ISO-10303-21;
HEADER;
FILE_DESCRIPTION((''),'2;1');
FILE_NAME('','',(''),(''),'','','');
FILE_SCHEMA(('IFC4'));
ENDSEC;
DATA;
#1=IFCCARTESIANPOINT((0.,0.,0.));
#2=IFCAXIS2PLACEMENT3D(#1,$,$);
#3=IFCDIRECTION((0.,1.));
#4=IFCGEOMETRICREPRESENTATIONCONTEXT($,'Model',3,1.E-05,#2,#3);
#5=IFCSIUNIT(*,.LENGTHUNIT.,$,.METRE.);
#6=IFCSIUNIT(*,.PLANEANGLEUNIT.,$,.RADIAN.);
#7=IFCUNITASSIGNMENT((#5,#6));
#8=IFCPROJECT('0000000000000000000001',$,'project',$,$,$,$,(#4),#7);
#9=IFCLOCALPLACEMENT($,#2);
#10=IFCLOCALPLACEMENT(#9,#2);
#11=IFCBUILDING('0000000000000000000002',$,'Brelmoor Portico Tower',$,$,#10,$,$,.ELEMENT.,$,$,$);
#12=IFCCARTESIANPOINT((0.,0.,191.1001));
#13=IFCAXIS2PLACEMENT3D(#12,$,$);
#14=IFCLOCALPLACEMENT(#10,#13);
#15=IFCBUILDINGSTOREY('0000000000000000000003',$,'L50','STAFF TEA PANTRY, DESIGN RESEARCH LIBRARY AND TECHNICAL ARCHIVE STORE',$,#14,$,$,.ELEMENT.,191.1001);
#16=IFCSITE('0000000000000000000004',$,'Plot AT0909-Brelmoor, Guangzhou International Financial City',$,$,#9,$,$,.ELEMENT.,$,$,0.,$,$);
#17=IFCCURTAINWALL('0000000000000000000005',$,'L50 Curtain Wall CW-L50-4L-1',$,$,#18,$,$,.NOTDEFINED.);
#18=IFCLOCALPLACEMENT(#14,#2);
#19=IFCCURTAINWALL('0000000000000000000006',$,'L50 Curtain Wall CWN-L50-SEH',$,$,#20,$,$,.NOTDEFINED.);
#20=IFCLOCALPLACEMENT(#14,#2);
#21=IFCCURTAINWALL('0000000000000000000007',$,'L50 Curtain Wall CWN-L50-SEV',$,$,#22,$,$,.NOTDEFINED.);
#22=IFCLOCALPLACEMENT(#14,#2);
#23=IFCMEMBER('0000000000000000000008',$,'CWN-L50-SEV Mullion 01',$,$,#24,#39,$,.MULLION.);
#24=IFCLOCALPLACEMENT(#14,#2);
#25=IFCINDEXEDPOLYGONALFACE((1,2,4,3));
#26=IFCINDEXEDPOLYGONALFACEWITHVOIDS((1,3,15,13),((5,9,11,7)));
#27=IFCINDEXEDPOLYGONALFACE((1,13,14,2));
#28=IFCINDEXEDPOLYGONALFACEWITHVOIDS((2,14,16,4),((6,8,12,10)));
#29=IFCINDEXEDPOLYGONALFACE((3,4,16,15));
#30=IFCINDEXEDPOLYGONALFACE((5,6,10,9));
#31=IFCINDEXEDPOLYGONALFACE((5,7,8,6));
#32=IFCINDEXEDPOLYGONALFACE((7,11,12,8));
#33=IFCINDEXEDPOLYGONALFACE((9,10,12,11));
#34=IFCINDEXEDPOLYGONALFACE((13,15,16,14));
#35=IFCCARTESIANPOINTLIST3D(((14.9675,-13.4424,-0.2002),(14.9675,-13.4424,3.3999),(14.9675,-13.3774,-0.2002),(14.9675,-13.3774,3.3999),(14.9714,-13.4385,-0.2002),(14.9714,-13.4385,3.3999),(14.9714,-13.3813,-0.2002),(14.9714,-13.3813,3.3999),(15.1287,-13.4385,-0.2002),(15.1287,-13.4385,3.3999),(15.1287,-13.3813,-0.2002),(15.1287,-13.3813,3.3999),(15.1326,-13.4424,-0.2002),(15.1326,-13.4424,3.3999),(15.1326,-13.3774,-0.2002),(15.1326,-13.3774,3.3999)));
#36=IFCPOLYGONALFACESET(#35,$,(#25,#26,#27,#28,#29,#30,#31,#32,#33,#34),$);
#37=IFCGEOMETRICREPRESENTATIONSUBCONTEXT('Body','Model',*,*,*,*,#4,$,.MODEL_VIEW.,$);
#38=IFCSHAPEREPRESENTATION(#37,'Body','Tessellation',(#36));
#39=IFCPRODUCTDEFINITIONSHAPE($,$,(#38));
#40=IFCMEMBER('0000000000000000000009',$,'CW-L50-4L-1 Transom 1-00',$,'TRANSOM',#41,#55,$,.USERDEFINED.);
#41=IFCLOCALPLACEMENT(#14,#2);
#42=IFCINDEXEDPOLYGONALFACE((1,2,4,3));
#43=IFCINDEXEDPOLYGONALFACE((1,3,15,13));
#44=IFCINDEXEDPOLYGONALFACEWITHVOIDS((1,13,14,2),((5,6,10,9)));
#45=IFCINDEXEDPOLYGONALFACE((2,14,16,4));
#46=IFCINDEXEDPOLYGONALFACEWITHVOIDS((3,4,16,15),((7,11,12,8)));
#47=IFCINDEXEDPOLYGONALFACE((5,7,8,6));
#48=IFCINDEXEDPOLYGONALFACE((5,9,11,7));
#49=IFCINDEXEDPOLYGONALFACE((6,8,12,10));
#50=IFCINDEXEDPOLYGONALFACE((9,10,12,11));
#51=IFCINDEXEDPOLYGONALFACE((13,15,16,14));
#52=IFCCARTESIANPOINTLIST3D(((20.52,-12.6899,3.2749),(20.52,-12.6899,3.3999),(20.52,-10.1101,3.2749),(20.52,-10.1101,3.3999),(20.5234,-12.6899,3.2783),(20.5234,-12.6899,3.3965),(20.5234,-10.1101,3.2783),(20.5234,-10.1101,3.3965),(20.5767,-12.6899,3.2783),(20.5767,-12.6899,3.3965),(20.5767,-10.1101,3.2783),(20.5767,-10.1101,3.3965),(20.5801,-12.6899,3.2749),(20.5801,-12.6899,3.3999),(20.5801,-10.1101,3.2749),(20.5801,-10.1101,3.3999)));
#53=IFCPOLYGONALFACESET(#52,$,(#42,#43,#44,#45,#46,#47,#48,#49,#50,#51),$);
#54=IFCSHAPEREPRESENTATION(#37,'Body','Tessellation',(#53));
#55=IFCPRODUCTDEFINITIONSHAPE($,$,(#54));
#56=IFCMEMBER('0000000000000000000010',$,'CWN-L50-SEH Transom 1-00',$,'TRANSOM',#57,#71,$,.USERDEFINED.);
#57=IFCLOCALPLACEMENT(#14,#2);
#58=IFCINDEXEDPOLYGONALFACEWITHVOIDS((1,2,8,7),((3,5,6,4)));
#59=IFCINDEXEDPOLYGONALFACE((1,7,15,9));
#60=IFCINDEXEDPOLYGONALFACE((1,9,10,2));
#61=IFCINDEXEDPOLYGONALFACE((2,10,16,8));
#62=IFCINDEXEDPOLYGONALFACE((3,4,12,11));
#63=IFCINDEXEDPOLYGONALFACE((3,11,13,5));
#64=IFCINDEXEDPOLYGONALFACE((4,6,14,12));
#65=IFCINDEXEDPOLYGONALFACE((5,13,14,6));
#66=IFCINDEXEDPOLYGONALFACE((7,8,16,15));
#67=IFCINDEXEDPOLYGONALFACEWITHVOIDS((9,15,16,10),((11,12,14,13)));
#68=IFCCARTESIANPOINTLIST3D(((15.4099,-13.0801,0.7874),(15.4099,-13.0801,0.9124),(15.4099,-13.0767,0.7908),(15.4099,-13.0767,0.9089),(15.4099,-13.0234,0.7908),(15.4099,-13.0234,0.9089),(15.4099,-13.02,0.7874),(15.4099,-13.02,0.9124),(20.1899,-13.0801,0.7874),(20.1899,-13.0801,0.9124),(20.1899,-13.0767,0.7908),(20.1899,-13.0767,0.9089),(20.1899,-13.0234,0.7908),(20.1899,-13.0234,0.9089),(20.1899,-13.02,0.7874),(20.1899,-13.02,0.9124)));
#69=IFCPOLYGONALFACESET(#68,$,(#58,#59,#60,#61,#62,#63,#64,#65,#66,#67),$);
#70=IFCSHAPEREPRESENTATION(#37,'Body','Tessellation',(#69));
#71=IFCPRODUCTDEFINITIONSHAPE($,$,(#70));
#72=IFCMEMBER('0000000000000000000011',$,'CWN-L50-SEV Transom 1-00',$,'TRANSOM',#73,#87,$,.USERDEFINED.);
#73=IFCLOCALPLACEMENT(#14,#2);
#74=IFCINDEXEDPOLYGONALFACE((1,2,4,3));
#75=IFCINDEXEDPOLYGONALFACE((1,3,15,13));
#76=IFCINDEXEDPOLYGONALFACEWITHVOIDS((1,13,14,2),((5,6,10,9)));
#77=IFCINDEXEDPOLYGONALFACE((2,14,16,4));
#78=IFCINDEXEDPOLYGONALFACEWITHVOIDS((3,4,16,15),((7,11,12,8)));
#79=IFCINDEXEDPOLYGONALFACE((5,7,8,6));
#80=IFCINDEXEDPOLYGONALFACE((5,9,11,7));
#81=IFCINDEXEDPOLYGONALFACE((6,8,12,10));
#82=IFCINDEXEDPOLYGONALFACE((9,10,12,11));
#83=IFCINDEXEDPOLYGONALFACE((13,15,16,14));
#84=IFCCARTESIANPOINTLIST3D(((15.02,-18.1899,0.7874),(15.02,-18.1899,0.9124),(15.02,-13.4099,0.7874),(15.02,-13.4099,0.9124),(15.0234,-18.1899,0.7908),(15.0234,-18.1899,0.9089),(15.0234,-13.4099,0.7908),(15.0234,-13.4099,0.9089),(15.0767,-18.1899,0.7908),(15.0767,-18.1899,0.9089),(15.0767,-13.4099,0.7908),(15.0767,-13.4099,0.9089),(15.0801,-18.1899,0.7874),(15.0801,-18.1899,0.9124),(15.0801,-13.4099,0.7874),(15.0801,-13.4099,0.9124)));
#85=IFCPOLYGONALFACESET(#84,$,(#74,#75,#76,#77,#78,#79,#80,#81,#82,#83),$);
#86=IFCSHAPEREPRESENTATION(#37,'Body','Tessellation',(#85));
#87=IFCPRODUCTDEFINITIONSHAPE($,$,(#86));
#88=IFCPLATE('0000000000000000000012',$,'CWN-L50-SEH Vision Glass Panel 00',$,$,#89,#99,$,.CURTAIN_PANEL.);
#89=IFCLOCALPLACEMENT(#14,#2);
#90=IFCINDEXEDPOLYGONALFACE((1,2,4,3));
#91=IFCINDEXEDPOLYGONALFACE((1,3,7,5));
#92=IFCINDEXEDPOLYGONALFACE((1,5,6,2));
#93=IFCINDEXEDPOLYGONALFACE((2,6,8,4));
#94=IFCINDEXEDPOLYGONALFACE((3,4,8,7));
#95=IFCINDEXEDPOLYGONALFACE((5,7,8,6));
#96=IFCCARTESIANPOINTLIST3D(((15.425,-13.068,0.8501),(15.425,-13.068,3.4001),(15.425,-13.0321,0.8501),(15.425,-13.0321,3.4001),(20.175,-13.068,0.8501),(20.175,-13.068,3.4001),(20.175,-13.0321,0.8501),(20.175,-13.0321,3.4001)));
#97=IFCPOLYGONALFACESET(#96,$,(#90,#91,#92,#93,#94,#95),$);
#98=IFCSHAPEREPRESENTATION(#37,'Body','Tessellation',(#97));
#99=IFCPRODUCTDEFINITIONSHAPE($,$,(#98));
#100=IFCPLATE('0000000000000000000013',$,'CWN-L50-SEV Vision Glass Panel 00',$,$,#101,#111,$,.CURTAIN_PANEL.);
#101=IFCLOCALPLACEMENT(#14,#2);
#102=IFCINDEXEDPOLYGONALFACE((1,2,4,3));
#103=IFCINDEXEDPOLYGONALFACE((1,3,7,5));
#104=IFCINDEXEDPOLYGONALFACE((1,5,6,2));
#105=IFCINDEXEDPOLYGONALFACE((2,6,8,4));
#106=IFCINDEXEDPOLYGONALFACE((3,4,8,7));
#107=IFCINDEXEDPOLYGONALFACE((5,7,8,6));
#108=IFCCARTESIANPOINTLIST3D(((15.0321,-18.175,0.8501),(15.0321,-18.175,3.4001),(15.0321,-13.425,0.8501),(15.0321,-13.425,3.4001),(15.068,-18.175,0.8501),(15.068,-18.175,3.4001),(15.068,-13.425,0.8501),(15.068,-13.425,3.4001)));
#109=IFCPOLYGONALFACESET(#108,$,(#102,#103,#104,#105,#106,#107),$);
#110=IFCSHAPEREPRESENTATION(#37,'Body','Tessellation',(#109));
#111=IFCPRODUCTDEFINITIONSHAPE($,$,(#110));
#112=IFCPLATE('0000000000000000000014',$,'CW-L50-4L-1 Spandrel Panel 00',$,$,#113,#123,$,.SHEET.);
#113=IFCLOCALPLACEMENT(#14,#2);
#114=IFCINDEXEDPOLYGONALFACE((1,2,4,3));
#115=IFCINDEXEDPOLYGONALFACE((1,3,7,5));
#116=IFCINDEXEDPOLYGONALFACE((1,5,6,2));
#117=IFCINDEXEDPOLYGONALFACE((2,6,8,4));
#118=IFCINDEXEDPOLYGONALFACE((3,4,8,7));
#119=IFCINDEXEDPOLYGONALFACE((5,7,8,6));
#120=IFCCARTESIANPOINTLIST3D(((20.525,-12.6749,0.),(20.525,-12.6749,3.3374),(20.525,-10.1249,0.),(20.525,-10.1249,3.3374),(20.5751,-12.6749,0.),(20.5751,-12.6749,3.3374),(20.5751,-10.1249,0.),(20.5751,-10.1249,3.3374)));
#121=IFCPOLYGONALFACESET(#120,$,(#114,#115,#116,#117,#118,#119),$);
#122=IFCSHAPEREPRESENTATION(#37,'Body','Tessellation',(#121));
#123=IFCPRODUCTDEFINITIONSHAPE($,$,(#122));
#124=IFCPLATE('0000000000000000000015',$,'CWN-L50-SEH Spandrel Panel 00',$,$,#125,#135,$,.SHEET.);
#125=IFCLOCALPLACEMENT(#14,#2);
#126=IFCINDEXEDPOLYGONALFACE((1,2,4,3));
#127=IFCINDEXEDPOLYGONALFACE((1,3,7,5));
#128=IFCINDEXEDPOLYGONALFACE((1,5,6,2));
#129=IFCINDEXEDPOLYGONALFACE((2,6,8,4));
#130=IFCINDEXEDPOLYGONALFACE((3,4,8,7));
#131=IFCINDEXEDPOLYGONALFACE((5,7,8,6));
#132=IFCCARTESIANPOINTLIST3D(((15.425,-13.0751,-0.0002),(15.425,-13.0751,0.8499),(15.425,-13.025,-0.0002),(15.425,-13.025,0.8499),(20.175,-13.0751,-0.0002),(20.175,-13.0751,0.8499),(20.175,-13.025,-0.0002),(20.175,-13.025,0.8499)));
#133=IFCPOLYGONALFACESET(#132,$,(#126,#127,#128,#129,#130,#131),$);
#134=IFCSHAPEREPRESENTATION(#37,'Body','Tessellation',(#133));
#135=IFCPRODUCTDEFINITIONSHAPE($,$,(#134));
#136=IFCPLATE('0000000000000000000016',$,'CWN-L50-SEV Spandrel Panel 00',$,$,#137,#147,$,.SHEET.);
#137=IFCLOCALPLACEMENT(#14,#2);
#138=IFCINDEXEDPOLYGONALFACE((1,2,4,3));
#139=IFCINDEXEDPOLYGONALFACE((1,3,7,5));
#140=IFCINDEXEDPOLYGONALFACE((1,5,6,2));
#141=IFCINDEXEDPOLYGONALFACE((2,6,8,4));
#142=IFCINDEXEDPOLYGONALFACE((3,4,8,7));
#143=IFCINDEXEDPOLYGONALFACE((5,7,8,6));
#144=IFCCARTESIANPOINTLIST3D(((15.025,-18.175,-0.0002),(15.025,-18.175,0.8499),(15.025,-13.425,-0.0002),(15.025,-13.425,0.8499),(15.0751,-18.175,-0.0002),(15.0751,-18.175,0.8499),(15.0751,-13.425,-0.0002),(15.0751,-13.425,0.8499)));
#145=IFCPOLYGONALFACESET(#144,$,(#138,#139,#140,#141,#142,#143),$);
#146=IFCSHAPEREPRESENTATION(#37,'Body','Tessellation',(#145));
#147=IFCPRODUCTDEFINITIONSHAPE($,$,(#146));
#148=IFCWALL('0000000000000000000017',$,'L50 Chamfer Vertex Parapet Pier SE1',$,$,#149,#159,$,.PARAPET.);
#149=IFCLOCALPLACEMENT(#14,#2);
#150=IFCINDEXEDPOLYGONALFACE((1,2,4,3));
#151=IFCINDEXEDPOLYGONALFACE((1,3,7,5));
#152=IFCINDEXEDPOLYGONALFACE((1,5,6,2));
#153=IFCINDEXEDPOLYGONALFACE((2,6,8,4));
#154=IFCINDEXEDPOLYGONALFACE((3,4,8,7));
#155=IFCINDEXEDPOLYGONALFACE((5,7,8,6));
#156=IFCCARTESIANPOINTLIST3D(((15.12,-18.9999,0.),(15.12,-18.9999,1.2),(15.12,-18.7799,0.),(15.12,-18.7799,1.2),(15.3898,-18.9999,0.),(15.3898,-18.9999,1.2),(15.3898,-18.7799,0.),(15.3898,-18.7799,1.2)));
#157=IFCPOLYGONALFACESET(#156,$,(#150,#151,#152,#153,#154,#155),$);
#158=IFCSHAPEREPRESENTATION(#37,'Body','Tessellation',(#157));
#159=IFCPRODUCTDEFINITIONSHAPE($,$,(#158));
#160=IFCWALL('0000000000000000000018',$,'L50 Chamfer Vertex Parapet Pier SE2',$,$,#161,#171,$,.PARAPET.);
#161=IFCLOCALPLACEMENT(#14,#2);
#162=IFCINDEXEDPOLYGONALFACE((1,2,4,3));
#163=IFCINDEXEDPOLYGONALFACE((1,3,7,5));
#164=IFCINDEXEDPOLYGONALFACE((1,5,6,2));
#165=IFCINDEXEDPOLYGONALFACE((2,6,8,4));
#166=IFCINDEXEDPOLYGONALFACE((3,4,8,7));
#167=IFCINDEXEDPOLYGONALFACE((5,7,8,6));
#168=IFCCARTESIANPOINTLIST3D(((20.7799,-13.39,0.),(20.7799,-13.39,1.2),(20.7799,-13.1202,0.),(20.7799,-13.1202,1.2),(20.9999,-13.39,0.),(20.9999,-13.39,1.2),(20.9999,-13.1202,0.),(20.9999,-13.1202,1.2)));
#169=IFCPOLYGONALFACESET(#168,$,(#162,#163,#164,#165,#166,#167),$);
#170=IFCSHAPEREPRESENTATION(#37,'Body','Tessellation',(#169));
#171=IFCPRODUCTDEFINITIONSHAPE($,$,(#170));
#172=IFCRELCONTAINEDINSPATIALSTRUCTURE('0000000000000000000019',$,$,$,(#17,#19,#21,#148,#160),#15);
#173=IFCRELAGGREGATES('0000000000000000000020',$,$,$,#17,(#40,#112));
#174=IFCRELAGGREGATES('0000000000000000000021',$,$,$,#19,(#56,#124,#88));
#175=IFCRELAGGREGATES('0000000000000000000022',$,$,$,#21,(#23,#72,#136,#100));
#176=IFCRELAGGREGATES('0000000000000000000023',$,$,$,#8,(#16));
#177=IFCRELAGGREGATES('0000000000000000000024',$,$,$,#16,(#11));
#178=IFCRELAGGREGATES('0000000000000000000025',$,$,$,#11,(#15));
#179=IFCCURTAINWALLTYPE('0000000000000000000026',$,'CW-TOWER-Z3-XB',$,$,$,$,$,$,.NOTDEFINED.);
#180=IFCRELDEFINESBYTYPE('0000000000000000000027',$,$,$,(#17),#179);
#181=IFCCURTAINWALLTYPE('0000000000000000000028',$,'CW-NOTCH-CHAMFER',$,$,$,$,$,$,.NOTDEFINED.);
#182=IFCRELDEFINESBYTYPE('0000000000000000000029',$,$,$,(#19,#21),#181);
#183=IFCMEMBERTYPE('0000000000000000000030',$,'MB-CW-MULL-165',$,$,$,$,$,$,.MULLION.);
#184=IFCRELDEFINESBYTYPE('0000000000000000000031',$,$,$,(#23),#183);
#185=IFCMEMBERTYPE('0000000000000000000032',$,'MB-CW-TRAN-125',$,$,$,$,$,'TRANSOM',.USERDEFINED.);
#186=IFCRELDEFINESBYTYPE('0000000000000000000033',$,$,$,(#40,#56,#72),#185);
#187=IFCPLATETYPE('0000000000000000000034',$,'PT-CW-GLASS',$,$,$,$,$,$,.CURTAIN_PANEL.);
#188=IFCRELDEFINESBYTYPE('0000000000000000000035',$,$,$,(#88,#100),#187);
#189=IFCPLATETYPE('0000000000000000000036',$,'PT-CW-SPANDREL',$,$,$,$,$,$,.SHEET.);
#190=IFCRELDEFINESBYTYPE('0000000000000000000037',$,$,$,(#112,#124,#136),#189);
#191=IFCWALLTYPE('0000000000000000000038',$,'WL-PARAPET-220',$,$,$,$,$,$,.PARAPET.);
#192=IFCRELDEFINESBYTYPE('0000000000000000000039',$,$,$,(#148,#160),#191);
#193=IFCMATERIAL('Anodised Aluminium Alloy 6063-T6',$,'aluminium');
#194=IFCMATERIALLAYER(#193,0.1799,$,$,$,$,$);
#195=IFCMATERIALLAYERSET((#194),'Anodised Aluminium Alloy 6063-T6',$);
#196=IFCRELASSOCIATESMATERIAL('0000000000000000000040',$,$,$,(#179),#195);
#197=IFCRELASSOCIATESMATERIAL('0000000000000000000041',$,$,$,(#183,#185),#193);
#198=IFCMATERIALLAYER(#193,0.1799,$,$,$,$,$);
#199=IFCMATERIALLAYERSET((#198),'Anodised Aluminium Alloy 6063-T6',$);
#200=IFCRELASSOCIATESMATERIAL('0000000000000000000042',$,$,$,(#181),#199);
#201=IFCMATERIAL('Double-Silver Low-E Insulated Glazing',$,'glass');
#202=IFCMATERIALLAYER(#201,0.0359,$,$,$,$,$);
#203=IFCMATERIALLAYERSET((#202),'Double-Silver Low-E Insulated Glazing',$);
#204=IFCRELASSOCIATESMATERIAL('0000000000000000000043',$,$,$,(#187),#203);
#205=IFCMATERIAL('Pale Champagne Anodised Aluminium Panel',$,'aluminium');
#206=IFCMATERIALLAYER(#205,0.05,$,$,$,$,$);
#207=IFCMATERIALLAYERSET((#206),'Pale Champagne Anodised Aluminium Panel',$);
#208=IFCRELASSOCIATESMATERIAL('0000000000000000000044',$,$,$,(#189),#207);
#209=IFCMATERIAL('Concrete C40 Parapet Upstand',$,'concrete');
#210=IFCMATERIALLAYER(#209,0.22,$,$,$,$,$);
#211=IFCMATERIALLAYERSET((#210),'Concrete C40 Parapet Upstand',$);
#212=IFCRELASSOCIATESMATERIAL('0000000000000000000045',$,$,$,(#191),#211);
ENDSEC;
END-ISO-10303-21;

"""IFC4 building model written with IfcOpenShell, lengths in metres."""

from ifc_helpers import new_model, si_unit, direction, frame, frame_2d, origin, origin_2d, place, context, subcontext, project, spatial, rectangle, hollow_rectangle, extrude, material, layer, layer_set, material_profile, profile_set, type_object, element, aggregate, save


model = new_model("IFC4")

# Units and contexts
model_context = context("Model", 3, precision=1e-05, world=origin(), true_north=direction((0.0, 1.0)))
body_context = subcontext(model_context, "Body", "Model", "MODEL_VIEW")
ifc_project = project(units=[si_unit("LENGTHUNIT", "METRE"), si_unit("PLANEANGLEUNIT", "RADIAN")], contexts=[model_context])

# Site, building, storey
site_placement = place(None, origin())
site = spatial("IfcSite", under=ifc_project, at=site_placement, Name="Plot AT0909-Brelmoor, Guangzhou International Financial City", CompositionType="ELEMENT", RefElevation=0.0)
building_placement = place(site_placement, origin())
building = spatial("IfcBuilding", under=site, at=building_placement, Name="Brelmoor Portico Tower", CompositionType="ELEMENT")
storey_placement = place(building_placement, frame((0.0, 0.0, 191.1001)))
storey = spatial("IfcBuildingStorey", under=building, at=storey_placement, Name="L50", Description="STAFF TEA PANTRY, DESIGN RESEARCH LIBRARY AND TECHNICAL ARCHIVE STORE", CompositionType="ELEMENT", Elevation=191.1001)

# Curtain wall
ifc_material_1 = material(Name="Anodised Aluminium Alloy 6063-T6", Category="aluminium")
ifc_layer_1 = layer(ifc_material_1, 0.1799)
ifc_layer_set_1 = layer_set([ifc_layer_1], Name="Anodised Aluminium Alloy 6063-T6")
curtain_wall_type_1 = type_object("IfcCurtainWallType", Name="CW-TOWER-Z3-XB", PredefinedType="NOTDEFINED", material=ifc_layer_set_1)
curtain_wall_1_placement = place(storey_placement, origin())
curtain_wall_1 = element("IfcCurtainWall", 1, at=curtain_wall_1_placement, inside=storey, type_object=curtain_wall_type_1, Name="L50 Curtain Wall CW-L50-4L-1", PredefinedType="NOTDEFINED")
ifc_material_profile_1 = material_profile(ifc_material_1, hollow_rectangle(XDim=0.0649, YDim=0.165, WallThickness=0.0039, at=origin_2d()), Name="ALU MULLION 65x165")
ifc_profile_set_1 = profile_set([ifc_material_profile_1], Name="Anodised Aluminium Alloy 6063-T6")
member_type_1 = type_object("IfcMemberType", Name="MB-CW-MULL-165", PredefinedType="MULLION", material=ifc_profile_set_1)

# Curtain walls, member
ifc_layer_2 = layer(ifc_material_1, 0.1799)
ifc_layer_set_2 = layer_set([ifc_layer_2], Name="Anodised Aluminium Alloy 6063-T6")
curtain_wall_type_2 = type_object("IfcCurtainWallType", Name="CW-NOTCH-CHAMFER", PredefinedType="NOTDEFINED", material=ifc_layer_set_2)
curtain_wall_2_placement = place(storey_placement, origin())
curtain_wall_2 = element("IfcCurtainWall", 2, at=curtain_wall_2_placement, inside=storey, type_object=curtain_wall_type_2, Name="L50 Curtain Wall CWN-L50-SEH", PredefinedType="NOTDEFINED")
curtain_wall_3_placement = place(storey_placement, origin())
curtain_wall_3 = element("IfcCurtainWall", 3, at=curtain_wall_3_placement, inside=storey, type_object=curtain_wall_type_2, Name="L50 Curtain Wall CWN-L50-SEV", PredefinedType="NOTDEFINED")
member_1_placement = place(storey_placement, frame((15.05, -13.4099, -0.2002), z_axis=(0.0, 0.0, 1.0), x_axis=(0.0, 1.0, 0.0)))
member_1 = element("IfcMember", 4, at=member_1_placement, type_object=member_type_1, Name="CWN-L50-SEV Mullion 01", PredefinedType="MULLION", context=body_context, shape_type="SweptSolid", body=[
    extrude(hollow_rectangle(XDim=0.0649, YDim=0.165, WallThickness=0.0039, at=origin_2d()), origin(), (0.0, 0.0, 1.0), 3.6001),
])

# Members
ifc_material_profile_2 = material_profile(ifc_material_1, hollow_rectangle(XDim=0.0601, YDim=0.125, WallThickness=0.0034, at=origin_2d()), Name="ALU TRANSOM 60x125")
ifc_profile_set_2 = profile_set([ifc_material_profile_2], Name="Anodised Aluminium Alloy 6063-T6")
member_type_2 = type_object("IfcMemberType", Name="MB-CW-TRAN-125", ElementType="TRANSOM", PredefinedType="USERDEFINED", material=ifc_profile_set_2)
member_2_placement = place(storey_placement, frame((20.55, -12.6899, 3.3374), z_axis=(0.0, 1.0, 0.0), x_axis=(-1.0, 0.0, 0.0)))
member_2 = element("IfcMember", 5, at=member_2_placement, type_object=member_type_2, Name="CW-L50-4L-1 Transom 1-00", ObjectType="TRANSOM", PredefinedType="USERDEFINED", context=body_context, shape_type="SweptSolid", body=[
    extrude(hollow_rectangle(XDim=0.0601, YDim=0.125, WallThickness=0.0034, at=origin_2d()), origin(), (0.0, 0.0, 1.0), 2.5798),
])
member_3_placement = place(storey_placement, frame((15.4099, -13.05, 0.8499), z_axis=(1.0, 0.0, 0.0), x_axis=(0.0, 1.0, 0.0)))
member_3 = element("IfcMember", 6, at=member_3_placement, type_object=member_type_2, Name="CWN-L50-SEH Transom 1-00", ObjectType="TRANSOM", PredefinedType="USERDEFINED", context=body_context, shape_type="SweptSolid", body=[
    extrude(hollow_rectangle(XDim=0.0601, YDim=0.125, WallThickness=0.0034, at=origin_2d()), origin(), (0.0, 0.0, 1.0), 4.78),
])
member_4_placement = place(storey_placement, frame((15.05, -18.1899, 0.8499), z_axis=(0.0, 1.0, 0.0), x_axis=(-1.0, 0.0, 0.0)))
member_4 = element("IfcMember", 7, at=member_4_placement, type_object=member_type_2, Name="CWN-L50-SEV Transom 1-00", ObjectType="TRANSOM", PredefinedType="USERDEFINED", context=body_context, shape_type="SweptSolid", body=[
    extrude(hollow_rectangle(XDim=0.0601, YDim=0.125, WallThickness=0.0034, at=origin_2d()), origin(), (0.0, 0.0, 1.0), 4.78),
])

# Plates
ifc_material_2 = material(Name="Double-Silver Low-E Insulated Glazing", Category="glass")
ifc_layer_3 = layer(ifc_material_2, 0.0359)
ifc_layer_set_3 = layer_set([ifc_layer_3], Name="Double-Silver Low-E Insulated Glazing")
plate_type_1 = type_object("IfcPlateType", Name="PT-CW-GLASS", PredefinedType="CURTAIN_PANEL", material=ifc_layer_set_3)
plate_1_placement = place(storey_placement, frame((17.8, -13.05, 0.8501), z_axis=(0.0, 0.0, 1.0), x_axis=(1.0, 0.0, 0.0)))
plate_1 = element("IfcPlate", 8, at=plate_1_placement, type_object=plate_type_1, Name="CWN-L50-SEH Vision Glass Panel 00", PredefinedType="CURTAIN_PANEL", context=body_context, shape_type="SweptSolid", body=[
    extrude(rectangle(XDim=4.75, YDim=0.0359, at=origin_2d()), origin(), (0.0, 0.0, 1.0), 2.55),
])
plate_2_placement = place(storey_placement, frame((15.05, -15.8, 0.8501), z_axis=(0.0, 0.0, 1.0), x_axis=(0.0, 1.0, 0.0)))
plate_2 = element("IfcPlate", 9, at=plate_2_placement, type_object=plate_type_1, Name="CWN-L50-SEV Vision Glass Panel 00", PredefinedType="CURTAIN_PANEL", context=body_context, shape_type="SweptSolid", body=[
    extrude(rectangle(XDim=4.75, YDim=0.0359, at=origin_2d()), origin(), (0.0, 0.0, 1.0), 2.55),
])
ifc_material_3 = material(Name="Pale Champagne Anodised Aluminium Panel", Category="aluminium")
ifc_layer_4 = layer(ifc_material_3, 0.05)
ifc_layer_set_4 = layer_set([ifc_layer_4], Name="Pale Champagne Anodised Aluminium Panel")
plate_type_2 = type_object("IfcPlateType", Name="PT-CW-SPANDREL", PredefinedType="SHEET", material=ifc_layer_set_4)
plate_3_placement = place(storey_placement, frame((20.55, -11.3999, 0.0), z_axis=(0.0, 0.0, 1.0), x_axis=(0.0, 1.0, 0.0)))
plate_3 = element("IfcPlate", 10, at=plate_3_placement, type_object=plate_type_2, Name="CW-L50-4L-1 Spandrel Panel 00", PredefinedType="SHEET", context=body_context, shape_type="SweptSolid", body=[
    extrude(rectangle(XDim=2.55, YDim=0.05, at=origin_2d()), origin(), (0.0, 0.0, 1.0), 3.3374),
])
aggregate(curtain_wall_1, [member_2, plate_3])
plate_4_placement = place(storey_placement, frame((17.8, -13.05, -0.0002), z_axis=(0.0, 0.0, 1.0), x_axis=(1.0, 0.0, 0.0)))
plate_4 = element("IfcPlate", 11, at=plate_4_placement, type_object=plate_type_2, Name="CWN-L50-SEH Spandrel Panel 00", PredefinedType="SHEET", context=body_context, shape_type="SweptSolid", body=[
    extrude(rectangle(XDim=4.75, YDim=0.05, at=origin_2d()), origin(), (0.0, 0.0, 1.0), 0.8501),
])
aggregate(curtain_wall_2, [member_3, plate_4, plate_1])
plate_5_placement = place(storey_placement, frame((15.05, -15.8, -0.0002), z_axis=(0.0, 0.0, 1.0), x_axis=(0.0, 1.0, 0.0)))
plate_5 = element("IfcPlate", 12, at=plate_5_placement, type_object=plate_type_2, Name="CWN-L50-SEV Spandrel Panel 00", PredefinedType="SHEET", context=body_context, shape_type="SweptSolid", body=[
    extrude(rectangle(XDim=4.75, YDim=0.05, at=origin_2d()), origin(), (0.0, 0.0, 1.0), 0.8501),
])
aggregate(curtain_wall_3, [member_1, member_4, plate_5, plate_2])

# Walls
ifc_material_4 = material(Name="Concrete C40 Parapet Upstand", Category="concrete")
ifc_layer_5 = layer(ifc_material_4, 0.22)
ifc_layer_set_5 = layer_set([ifc_layer_5], Name="Concrete C40 Parapet Upstand")
wall_type = type_object("IfcWallType", Name="WL-PARAPET-220", PredefinedType="PARAPET", material=ifc_layer_set_5)
for number, where, z_axis, x_axis, name in (
    (13, (15.1201, -18.8899, 0.0), (0.0, 0.0, 1.0), (1.0, 0.0, 0.0), "L50 Chamfer Vertex Parapet Pier SE1"),
    (14, (20.8899, -13.3899, 0.0), (0.0, 0.0, 1.0), (0.0, 1.0, 0.0), "L50 Chamfer Vertex Parapet Pier SE2"),
):
    element("IfcWall", number, at=place(storey_placement, frame(where, z_axis=z_axis, x_axis=x_axis)), inside=storey, type_object=wall_type, Name=name, PredefinedType="PARAPET", context=body_context, shape_type="SweptSolid", body=[
        extrude(rectangle(XDim=0.2698, YDim=0.22, at=frame_2d((0.1348, 0.0))), origin(), (0.0, 0.0, 1.0), 1.2),
    ])

save(model, "model.ifc")
